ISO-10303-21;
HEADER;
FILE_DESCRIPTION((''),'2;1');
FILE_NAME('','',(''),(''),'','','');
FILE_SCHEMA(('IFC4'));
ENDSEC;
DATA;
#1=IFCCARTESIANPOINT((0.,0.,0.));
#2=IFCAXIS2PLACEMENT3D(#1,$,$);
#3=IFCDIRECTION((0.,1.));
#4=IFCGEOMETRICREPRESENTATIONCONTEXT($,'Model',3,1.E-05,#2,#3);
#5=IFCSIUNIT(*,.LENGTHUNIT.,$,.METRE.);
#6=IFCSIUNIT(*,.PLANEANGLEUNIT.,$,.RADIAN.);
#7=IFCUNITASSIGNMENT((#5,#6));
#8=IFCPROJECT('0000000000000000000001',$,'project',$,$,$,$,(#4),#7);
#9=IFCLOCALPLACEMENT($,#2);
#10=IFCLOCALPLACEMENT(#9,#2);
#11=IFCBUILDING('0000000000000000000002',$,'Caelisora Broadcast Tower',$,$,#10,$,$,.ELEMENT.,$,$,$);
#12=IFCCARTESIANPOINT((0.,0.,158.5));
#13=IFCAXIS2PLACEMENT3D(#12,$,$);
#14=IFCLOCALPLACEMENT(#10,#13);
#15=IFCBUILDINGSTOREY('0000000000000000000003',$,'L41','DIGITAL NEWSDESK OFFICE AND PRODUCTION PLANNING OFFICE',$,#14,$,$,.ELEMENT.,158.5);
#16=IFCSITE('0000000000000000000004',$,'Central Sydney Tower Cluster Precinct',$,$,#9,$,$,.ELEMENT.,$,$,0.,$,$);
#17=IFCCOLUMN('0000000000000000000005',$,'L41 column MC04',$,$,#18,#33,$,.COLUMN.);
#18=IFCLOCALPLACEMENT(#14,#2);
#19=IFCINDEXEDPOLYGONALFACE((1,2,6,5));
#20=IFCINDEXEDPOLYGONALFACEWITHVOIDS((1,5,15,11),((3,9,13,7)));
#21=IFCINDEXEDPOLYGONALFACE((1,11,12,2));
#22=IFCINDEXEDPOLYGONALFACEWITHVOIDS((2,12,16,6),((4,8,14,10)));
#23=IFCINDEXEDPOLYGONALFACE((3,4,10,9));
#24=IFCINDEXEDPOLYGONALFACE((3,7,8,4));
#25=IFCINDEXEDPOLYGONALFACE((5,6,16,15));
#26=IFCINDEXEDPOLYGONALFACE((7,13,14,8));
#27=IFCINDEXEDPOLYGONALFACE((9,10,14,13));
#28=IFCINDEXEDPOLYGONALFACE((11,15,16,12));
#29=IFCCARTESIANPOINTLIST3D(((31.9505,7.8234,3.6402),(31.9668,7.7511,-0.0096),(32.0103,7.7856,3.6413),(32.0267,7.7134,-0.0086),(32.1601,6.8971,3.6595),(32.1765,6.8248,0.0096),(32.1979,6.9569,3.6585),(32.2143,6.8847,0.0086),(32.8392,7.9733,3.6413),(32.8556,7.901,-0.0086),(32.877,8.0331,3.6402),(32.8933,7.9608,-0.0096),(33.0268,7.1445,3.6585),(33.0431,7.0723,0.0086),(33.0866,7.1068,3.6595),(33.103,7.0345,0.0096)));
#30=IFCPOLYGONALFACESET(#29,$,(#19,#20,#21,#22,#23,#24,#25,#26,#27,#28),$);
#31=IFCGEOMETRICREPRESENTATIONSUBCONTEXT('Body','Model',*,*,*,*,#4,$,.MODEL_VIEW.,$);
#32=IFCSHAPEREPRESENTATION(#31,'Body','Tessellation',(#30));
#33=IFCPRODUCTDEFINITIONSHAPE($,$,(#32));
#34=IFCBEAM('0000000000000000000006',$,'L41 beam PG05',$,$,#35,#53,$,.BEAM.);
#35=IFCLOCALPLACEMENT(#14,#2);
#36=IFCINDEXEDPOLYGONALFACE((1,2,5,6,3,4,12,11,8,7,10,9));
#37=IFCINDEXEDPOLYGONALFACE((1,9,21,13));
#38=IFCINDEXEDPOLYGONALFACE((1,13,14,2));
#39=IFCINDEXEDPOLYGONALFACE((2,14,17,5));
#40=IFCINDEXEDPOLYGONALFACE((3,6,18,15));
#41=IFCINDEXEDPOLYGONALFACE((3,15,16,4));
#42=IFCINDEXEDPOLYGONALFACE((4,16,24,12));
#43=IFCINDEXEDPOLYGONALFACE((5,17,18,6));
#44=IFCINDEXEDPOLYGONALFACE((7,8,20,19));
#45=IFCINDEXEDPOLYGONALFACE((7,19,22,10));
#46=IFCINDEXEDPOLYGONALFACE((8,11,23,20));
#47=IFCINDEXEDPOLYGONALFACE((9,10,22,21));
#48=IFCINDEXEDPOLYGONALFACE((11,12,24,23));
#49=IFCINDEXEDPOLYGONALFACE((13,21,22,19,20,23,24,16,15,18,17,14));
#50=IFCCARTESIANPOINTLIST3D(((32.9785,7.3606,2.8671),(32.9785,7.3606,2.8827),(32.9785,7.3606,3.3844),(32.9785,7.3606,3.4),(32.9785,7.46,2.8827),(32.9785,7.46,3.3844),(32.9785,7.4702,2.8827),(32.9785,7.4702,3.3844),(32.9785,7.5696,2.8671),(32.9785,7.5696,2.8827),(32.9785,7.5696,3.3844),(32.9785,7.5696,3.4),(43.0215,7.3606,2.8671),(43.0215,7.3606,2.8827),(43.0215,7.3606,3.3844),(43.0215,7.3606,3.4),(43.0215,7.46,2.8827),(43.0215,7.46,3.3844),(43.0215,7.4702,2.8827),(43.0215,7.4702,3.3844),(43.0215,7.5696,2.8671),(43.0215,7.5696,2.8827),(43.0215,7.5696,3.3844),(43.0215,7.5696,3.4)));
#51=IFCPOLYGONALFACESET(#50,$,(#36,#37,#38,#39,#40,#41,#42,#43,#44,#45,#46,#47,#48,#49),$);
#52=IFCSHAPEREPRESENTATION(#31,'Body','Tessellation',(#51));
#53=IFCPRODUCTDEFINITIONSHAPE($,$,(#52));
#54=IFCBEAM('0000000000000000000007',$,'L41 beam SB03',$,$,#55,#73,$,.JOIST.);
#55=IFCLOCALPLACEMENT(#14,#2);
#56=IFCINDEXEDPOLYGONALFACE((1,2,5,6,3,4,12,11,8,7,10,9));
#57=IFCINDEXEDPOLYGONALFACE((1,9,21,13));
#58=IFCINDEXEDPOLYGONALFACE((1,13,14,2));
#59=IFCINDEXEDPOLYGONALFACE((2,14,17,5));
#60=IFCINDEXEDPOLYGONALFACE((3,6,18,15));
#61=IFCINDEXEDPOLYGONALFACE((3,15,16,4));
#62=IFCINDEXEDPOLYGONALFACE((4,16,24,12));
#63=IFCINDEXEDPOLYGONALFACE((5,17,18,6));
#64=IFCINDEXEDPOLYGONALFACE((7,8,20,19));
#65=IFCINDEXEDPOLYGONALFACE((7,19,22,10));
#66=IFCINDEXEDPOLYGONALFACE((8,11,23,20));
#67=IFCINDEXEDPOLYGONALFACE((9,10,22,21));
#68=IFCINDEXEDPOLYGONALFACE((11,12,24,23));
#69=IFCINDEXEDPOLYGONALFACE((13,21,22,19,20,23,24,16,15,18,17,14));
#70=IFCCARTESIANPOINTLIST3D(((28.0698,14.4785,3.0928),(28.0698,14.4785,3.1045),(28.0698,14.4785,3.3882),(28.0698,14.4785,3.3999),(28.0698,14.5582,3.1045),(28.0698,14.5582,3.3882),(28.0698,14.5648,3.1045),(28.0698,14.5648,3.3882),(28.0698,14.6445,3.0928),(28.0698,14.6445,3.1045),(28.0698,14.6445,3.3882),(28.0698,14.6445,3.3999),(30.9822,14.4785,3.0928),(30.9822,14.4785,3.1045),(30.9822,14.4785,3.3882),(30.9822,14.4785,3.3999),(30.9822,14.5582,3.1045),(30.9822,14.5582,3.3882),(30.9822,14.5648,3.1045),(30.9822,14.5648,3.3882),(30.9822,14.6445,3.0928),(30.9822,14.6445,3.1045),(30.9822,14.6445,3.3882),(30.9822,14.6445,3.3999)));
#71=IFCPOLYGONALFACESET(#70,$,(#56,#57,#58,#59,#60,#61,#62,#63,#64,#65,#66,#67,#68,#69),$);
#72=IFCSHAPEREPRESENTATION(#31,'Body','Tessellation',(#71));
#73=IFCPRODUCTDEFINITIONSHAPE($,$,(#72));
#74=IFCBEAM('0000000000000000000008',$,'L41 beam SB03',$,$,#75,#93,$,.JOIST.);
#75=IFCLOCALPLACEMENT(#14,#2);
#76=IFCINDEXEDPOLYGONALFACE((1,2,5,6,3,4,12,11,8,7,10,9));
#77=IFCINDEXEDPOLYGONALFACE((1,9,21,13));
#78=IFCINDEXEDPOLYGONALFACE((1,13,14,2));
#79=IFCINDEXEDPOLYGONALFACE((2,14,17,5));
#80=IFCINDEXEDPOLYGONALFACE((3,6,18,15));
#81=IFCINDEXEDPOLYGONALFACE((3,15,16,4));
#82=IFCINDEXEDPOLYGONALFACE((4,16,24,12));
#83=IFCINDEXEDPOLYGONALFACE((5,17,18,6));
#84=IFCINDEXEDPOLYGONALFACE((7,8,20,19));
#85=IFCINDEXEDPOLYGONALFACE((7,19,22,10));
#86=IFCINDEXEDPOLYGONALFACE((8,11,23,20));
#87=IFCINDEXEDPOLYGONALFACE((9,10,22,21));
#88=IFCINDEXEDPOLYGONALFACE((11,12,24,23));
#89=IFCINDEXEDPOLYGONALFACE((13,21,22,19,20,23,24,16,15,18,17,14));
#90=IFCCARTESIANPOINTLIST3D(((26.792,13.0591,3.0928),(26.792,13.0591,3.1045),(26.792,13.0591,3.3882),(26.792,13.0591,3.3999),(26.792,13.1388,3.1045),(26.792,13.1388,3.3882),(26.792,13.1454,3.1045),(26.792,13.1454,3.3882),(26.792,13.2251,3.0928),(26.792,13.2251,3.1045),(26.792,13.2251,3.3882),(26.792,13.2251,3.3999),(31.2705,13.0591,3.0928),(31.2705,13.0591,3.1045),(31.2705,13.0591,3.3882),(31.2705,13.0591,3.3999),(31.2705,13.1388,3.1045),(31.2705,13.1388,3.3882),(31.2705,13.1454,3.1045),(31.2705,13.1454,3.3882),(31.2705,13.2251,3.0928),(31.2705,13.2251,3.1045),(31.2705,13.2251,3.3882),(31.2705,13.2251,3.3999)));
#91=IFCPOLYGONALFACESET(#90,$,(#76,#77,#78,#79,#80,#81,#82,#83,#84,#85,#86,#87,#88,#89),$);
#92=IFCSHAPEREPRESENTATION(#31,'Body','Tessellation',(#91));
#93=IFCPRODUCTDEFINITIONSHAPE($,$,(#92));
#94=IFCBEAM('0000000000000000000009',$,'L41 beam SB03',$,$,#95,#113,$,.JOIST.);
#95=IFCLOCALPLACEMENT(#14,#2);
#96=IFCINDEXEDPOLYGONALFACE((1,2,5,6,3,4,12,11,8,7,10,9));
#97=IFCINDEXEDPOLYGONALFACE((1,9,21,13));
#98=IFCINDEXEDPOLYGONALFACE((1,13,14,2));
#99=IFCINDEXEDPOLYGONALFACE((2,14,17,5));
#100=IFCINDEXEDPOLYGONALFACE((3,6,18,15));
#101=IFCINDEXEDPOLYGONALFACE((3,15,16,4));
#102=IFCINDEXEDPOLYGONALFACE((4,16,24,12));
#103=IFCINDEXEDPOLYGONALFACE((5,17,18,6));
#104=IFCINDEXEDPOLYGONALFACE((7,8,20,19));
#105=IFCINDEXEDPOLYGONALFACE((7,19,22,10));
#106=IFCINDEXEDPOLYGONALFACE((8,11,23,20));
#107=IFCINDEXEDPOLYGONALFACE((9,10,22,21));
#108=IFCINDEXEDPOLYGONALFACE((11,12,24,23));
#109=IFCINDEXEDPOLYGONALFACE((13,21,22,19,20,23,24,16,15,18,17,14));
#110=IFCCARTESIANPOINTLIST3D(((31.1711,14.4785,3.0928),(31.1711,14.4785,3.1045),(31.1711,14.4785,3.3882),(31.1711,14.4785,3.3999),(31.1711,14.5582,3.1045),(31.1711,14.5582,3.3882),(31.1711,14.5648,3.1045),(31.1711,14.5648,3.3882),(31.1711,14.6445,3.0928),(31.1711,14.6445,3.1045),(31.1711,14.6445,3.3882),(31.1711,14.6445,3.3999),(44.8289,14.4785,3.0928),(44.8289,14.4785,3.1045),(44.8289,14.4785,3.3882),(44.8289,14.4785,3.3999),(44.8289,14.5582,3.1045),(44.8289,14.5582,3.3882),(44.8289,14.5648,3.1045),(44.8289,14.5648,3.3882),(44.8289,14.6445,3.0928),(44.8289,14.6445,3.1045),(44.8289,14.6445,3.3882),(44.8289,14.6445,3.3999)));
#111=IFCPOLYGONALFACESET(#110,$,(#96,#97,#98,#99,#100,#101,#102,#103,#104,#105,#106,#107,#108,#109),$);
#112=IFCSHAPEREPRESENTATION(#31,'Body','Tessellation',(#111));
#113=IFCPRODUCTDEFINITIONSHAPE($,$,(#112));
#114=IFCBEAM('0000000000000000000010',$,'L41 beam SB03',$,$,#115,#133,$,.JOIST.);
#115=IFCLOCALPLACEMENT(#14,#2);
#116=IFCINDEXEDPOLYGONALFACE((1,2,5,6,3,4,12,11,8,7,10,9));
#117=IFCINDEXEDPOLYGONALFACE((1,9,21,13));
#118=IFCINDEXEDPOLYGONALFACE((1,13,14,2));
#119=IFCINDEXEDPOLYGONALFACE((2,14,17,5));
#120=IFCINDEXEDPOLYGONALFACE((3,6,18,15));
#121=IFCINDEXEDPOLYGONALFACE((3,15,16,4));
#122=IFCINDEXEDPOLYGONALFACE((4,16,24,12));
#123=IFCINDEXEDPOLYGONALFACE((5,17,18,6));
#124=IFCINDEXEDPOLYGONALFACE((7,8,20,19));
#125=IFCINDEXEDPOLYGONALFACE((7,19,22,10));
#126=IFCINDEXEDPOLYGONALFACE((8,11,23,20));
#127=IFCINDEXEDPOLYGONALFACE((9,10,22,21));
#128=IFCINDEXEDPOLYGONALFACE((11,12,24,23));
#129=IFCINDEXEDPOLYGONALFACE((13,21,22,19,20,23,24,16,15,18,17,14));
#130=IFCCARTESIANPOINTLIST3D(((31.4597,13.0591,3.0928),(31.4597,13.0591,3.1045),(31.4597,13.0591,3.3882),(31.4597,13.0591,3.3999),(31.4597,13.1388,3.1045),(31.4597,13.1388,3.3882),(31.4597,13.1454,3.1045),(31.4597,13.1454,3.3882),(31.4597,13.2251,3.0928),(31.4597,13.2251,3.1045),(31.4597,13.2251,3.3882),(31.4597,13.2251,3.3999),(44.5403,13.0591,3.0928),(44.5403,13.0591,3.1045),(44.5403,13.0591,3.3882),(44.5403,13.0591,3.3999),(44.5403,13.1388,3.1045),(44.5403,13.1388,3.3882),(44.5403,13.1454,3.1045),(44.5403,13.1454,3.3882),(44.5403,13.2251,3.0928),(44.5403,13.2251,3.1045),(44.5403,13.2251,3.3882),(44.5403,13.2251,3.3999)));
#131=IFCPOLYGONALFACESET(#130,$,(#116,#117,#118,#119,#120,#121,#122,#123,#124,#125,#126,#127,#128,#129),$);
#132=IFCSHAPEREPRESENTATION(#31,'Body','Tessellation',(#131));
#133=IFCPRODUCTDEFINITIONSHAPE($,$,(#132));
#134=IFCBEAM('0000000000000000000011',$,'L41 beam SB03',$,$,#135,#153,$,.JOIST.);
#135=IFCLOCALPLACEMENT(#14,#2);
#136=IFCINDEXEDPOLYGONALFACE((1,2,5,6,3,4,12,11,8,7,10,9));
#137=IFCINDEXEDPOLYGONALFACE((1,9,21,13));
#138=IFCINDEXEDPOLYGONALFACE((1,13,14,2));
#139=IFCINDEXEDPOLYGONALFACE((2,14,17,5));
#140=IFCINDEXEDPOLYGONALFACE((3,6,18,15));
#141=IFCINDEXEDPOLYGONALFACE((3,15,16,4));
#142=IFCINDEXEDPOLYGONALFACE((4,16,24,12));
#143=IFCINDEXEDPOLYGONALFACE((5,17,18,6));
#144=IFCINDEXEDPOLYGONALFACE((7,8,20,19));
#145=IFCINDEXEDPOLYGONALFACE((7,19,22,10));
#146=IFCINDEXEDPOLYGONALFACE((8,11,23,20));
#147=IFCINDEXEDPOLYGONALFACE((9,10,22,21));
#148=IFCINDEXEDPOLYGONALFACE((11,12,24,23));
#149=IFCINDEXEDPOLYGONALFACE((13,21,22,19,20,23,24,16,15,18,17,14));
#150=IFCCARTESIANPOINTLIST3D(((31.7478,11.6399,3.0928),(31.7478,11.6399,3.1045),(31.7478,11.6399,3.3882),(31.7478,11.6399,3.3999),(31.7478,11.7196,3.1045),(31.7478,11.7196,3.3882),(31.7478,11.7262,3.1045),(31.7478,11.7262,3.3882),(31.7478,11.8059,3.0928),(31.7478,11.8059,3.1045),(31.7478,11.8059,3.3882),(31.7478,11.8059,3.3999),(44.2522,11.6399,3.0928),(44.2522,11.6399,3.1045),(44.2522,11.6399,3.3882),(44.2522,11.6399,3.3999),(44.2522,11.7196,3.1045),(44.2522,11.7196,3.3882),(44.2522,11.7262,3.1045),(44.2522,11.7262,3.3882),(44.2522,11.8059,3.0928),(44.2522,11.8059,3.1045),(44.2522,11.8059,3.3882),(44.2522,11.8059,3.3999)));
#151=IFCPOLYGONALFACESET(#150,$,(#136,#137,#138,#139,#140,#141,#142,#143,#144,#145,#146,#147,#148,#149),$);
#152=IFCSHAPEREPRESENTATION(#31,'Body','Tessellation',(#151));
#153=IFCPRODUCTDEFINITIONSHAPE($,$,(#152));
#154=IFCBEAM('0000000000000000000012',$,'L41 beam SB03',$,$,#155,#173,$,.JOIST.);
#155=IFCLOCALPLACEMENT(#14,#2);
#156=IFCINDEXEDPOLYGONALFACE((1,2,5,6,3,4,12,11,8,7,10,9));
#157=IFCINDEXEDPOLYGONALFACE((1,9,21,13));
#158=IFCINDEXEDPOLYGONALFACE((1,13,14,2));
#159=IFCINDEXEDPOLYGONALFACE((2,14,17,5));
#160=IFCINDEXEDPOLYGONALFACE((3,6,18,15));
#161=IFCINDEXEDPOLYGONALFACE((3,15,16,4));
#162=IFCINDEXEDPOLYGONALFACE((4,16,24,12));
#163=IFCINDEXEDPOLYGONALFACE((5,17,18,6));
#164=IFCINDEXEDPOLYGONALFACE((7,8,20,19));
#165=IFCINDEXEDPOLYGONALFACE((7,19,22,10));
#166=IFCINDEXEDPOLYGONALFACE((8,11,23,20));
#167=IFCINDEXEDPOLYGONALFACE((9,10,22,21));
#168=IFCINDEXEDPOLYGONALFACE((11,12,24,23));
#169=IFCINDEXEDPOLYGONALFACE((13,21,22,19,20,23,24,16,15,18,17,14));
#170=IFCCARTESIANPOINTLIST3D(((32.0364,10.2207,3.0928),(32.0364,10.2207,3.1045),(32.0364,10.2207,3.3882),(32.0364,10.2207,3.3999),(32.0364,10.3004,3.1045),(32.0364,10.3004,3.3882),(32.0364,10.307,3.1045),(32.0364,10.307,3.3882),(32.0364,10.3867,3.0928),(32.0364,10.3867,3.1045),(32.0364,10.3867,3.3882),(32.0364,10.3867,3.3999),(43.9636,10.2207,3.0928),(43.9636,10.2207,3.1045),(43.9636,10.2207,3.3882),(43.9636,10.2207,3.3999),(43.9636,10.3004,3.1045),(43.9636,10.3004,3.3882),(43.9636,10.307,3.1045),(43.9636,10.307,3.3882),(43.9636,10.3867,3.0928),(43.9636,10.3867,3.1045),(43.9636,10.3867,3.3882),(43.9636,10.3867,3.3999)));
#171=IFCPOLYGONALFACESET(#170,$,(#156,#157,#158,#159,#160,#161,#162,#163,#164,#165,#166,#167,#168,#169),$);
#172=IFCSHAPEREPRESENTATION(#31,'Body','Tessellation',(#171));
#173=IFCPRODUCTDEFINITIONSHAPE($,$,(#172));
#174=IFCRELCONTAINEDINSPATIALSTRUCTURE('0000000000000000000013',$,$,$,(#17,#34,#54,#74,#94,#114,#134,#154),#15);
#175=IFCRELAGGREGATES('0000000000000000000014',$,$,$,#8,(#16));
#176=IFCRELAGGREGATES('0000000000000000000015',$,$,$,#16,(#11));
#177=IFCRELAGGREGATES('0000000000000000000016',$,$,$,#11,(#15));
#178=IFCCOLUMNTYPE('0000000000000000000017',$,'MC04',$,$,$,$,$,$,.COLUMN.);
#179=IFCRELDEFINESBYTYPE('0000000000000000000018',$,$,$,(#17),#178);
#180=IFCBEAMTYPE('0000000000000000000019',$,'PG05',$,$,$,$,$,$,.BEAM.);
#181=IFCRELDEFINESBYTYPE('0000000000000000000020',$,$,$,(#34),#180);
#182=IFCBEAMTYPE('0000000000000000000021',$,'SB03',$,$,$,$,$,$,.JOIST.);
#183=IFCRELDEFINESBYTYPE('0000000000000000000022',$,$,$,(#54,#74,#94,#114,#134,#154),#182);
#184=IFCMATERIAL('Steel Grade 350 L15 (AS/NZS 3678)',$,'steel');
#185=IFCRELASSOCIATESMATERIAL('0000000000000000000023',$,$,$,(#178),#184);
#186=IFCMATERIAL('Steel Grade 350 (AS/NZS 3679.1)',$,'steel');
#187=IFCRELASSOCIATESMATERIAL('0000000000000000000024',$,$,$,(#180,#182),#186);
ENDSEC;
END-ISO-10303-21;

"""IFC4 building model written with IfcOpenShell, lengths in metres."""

from ifc_helpers import new_model, si_unit, direction, frame, origin, origin_2d, place, context, subcontext, project, spatial, hollow_rectangle, i_section, extrude, source, transform, mapped, material, material_profile, profile_set, type_object, type_shapes, element, save


model = new_model("IFC4")

# Units and contexts
model_context = context("Model", 3, precision=1e-05, world=origin(), true_north=direction((0.0, 1.0)))
body_context = subcontext(model_context, "Body", "Model", "MODEL_VIEW")
ifc_project = project(units=[si_unit("LENGTHUNIT", "METRE"), si_unit("PLANEANGLEUNIT", "RADIAN")], contexts=[model_context])

# Site, building, storey
site_placement = place(None, origin())
site = spatial("IfcSite", under=ifc_project, at=site_placement, Name="Central Sydney Tower Cluster Precinct", CompositionType="ELEMENT", RefElevation=0.0)
building_placement = place(site_placement, origin())
building = spatial("IfcBuilding", under=site, at=building_placement, Name="Caelisora Broadcast Tower", CompositionType="ELEMENT")
storey_placement = place(building_placement, frame((0.0, 0.0, 158.5)))
storey = spatial("IfcBuildingStorey", under=building, at=storey_placement, Name="L41", Description="DIGITAL NEWSDESK OFFICE AND PRODUCTION PLANNING OFFICE", CompositionType="ELEMENT", Elevation=158.5)

# Column
ifc_material_1 = material(Name="Steel Grade 350 L15 (AS/NZS 3678)", Category="steel")
ifc_material_profile_1 = material_profile(ifc_material_1, hollow_rectangle(XDim=0.95, YDim=0.95, WallThickness=0.05, at=origin_2d()), Name="Steel Grade 350 L15 (AS/NZS 3678)")
ifc_profile_set_1 = profile_set([ifc_material_profile_1], Name="Steel Grade 350 L15 (AS/NZS 3678)")
column_type = type_object("IfcColumnType", Name="MC04", PredefinedType="COLUMN", material=ifc_profile_set_1)
shared_shape_1 = source(origin(), body_context, "Body", "SweptSolid", [
    extrude(hollow_rectangle(XDim=0.95, YDim=0.95, WallThickness=0.05, at=origin_2d()), origin(), (0.0, 0.0, 1.0), 3.6506),
])
type_shapes(column_type, [shared_shape_1])
column_placement = place(storey_placement, frame((32.5349, 7.3928, 0.0), z_axis=(-0.004481, 0.019795, 0.999794), x_axis=(-0.975327, -0.220767, 0.0)))
element("IfcColumn", 1, at=column_placement, inside=storey, type_object=column_type, Name="L41 column MC04", PredefinedType="COLUMN", context=body_context, shape_type="MappedRepresentation", body=[
    mapped(shared_shape_1, transform((0.0, 0.0, 0.0), scale=1.0)),
])

# Beams
ifc_material_2 = material(Name="Steel Grade 350 (AS/NZS 3679.1)", Category="steel")
ifc_material_profile_2 = material_profile(ifc_material_2, i_section(OverallWidth=0.209, OverallDepth=0.533, WebThickness=0.0103, FlangeThickness=0.0156, at=origin_2d()), Name="Steel Grade 350 (AS/NZS 3679.1)")
ifc_profile_set_2 = profile_set([ifc_material_profile_2], Name="Steel Grade 350 (AS/NZS 3679.1)")
beam_type_1 = type_object("IfcBeamType", Name="PG05", PredefinedType="BEAM", material=ifc_profile_set_2)
shared_shape_2 = source(origin(), body_context, "Body", "SweptSolid", [
    extrude(i_section(OverallWidth=0.209, OverallDepth=0.533, WebThickness=0.0103, FlangeThickness=0.0156, at=origin_2d()), origin(), (0.0, 0.0, 1.0), 10.043),
])
type_shapes(beam_type_1, [shared_shape_2])
beam_1_placement = place(storey_placement, frame((32.9785, 7.4651, 3.1335), z_axis=(1.0, 0.0, 0.0), x_axis=(0.0, 1.0, 0.0)))
element("IfcBeam", 2, at=beam_1_placement, inside=storey, type_object=beam_type_1, Name="L41 beam PG05", PredefinedType="BEAM", context=body_context, shape_type="MappedRepresentation", body=[
    mapped(shared_shape_2, transform((0.0, 0.0, 0.0), scale=1.0)),
])
ifc_material_profile_3 = material_profile(ifc_material_2, i_section(OverallWidth=0.166, OverallDepth=0.3071, WebThickness=0.0066, FlangeThickness=0.0117, at=origin_2d()), Name="Steel Grade 350 (AS/NZS 3679.1)")
ifc_profile_set_3 = profile_set([ifc_material_profile_3], Name="Steel Grade 350 (AS/NZS 3679.1)")
beam_type_2 = type_object("IfcBeamType", Name="SB03", PredefinedType="JOIST", material=ifc_profile_set_3)
shared_shape_3 = source(origin(), body_context, "Body", "SweptSolid", [
    extrude(i_section(OverallWidth=0.166, OverallDepth=0.3071, WebThickness=0.0066, FlangeThickness=0.0117, at=origin_2d()), origin(), (0.0, 0.0, 1.0), 2.9124),
])
beam_2_placement = place(storey_placement, frame((28.0698, 14.5615, 3.2463), z_axis=(1.0, 0.0, 0.0), x_axis=(0.0, 1.0, 0.0)))
element("IfcBeam", 3, at=beam_2_placement, inside=storey, type_object=beam_type_2, Name="L41 beam SB03", PredefinedType="JOIST", context=body_context, shape_type="MappedRepresentation", body=[
    mapped(shared_shape_3, transform((0.0, 0.0, 0.0), scale=1.0)),
])
shared_shape_4 = source(origin(), body_context, "Body", "SweptSolid", [
    extrude(i_section(OverallWidth=0.166, OverallDepth=0.3071, WebThickness=0.0066, FlangeThickness=0.0117, at=origin_2d()), origin(), (0.0, 0.0, 1.0), 4.4785),
])
beam_3_placement = place(storey_placement, frame((26.792, 13.1421, 3.2463), z_axis=(1.0, 0.0, 0.0), x_axis=(0.0, 1.0, 0.0)))
element("IfcBeam", 4, at=beam_3_placement, inside=storey, type_object=beam_type_2, Name="L41 beam SB03", PredefinedType="JOIST", context=body_context, shape_type="MappedRepresentation", body=[
    mapped(shared_shape_4, transform((0.0, 0.0, 0.0), scale=1.0)),
])
shared_shape_5 = source(origin(), body_context, "Body", "SweptSolid", [
    extrude(i_section(OverallWidth=0.166, OverallDepth=0.3071, WebThickness=0.0066, FlangeThickness=0.0117, at=origin_2d()), origin(), (0.0, 0.0, 1.0), 13.6577),
])
beam_4_placement = place(storey_placement, frame((31.1711, 14.5615, 3.2463), z_axis=(1.0, 0.0, 0.0), x_axis=(0.0, 1.0, 0.0)))
element("IfcBeam", 5, at=beam_4_placement, inside=storey, type_object=beam_type_2, Name="L41 beam SB03", PredefinedType="JOIST", context=body_context, shape_type="MappedRepresentation", body=[
    mapped(shared_shape_5, transform((0.0, 0.0, 0.0), scale=1.0)),
])
shared_shape_6 = source(origin(), body_context, "Body", "SweptSolid", [
    extrude(i_section(OverallWidth=0.166, OverallDepth=0.3071, WebThickness=0.0066, FlangeThickness=0.0117, at=origin_2d()), origin(), (0.0, 0.0, 1.0), 13.0806),
])
beam_5_placement = place(storey_placement, frame((31.4597, 13.1421, 3.2463), z_axis=(1.0, 0.0, 0.0), x_axis=(0.0, 1.0, 0.0)))
element("IfcBeam", 6, at=beam_5_placement, inside=storey, type_object=beam_type_2, Name="L41 beam SB03", PredefinedType="JOIST", context=body_context, shape_type="MappedRepresentation", body=[
    mapped(shared_shape_6, transform((0.0, 0.0, 0.0), scale=1.0)),
])
shared_shape_7 = source(origin(), body_context, "Body", "SweptSolid", [
    extrude(i_section(OverallWidth=0.166, OverallDepth=0.3071, WebThickness=0.0066, FlangeThickness=0.0117, at=origin_2d()), origin(), (0.0, 0.0, 1.0), 12.5044),
])
beam_6_placement = place(storey_placement, frame((31.7478, 11.7229, 3.2463), z_axis=(1.0, 0.0, 0.0), x_axis=(0.0, 1.0, 0.0)))
element("IfcBeam", 7, at=beam_6_placement, inside=storey, type_object=beam_type_2, Name="L41 beam SB03", PredefinedType="JOIST", context=body_context, shape_type="MappedRepresentation", body=[
    mapped(shared_shape_7, transform((0.0, 0.0, 0.0), scale=1.0)),
])
shared_shape_8 = source(origin(), body_context, "Body", "SweptSolid", [
    extrude(i_section(OverallWidth=0.166, OverallDepth=0.3071, WebThickness=0.0066, FlangeThickness=0.0117, at=origin_2d()), origin(), (0.0, 0.0, 1.0), 11.9272),
])
beam_7_placement = place(storey_placement, frame((32.0364, 10.3037, 3.2463), z_axis=(1.0, 0.0, 0.0), x_axis=(0.0, 1.0, 0.0)))
element("IfcBeam", 8, at=beam_7_placement, inside=storey, type_object=beam_type_2, Name="L41 beam SB03", PredefinedType="JOIST", context=body_context, shape_type="MappedRepresentation", body=[
    mapped(shared_shape_8, transform((0.0, 0.0, 0.0), scale=1.0)),
])

save(model, "model.ifc")
